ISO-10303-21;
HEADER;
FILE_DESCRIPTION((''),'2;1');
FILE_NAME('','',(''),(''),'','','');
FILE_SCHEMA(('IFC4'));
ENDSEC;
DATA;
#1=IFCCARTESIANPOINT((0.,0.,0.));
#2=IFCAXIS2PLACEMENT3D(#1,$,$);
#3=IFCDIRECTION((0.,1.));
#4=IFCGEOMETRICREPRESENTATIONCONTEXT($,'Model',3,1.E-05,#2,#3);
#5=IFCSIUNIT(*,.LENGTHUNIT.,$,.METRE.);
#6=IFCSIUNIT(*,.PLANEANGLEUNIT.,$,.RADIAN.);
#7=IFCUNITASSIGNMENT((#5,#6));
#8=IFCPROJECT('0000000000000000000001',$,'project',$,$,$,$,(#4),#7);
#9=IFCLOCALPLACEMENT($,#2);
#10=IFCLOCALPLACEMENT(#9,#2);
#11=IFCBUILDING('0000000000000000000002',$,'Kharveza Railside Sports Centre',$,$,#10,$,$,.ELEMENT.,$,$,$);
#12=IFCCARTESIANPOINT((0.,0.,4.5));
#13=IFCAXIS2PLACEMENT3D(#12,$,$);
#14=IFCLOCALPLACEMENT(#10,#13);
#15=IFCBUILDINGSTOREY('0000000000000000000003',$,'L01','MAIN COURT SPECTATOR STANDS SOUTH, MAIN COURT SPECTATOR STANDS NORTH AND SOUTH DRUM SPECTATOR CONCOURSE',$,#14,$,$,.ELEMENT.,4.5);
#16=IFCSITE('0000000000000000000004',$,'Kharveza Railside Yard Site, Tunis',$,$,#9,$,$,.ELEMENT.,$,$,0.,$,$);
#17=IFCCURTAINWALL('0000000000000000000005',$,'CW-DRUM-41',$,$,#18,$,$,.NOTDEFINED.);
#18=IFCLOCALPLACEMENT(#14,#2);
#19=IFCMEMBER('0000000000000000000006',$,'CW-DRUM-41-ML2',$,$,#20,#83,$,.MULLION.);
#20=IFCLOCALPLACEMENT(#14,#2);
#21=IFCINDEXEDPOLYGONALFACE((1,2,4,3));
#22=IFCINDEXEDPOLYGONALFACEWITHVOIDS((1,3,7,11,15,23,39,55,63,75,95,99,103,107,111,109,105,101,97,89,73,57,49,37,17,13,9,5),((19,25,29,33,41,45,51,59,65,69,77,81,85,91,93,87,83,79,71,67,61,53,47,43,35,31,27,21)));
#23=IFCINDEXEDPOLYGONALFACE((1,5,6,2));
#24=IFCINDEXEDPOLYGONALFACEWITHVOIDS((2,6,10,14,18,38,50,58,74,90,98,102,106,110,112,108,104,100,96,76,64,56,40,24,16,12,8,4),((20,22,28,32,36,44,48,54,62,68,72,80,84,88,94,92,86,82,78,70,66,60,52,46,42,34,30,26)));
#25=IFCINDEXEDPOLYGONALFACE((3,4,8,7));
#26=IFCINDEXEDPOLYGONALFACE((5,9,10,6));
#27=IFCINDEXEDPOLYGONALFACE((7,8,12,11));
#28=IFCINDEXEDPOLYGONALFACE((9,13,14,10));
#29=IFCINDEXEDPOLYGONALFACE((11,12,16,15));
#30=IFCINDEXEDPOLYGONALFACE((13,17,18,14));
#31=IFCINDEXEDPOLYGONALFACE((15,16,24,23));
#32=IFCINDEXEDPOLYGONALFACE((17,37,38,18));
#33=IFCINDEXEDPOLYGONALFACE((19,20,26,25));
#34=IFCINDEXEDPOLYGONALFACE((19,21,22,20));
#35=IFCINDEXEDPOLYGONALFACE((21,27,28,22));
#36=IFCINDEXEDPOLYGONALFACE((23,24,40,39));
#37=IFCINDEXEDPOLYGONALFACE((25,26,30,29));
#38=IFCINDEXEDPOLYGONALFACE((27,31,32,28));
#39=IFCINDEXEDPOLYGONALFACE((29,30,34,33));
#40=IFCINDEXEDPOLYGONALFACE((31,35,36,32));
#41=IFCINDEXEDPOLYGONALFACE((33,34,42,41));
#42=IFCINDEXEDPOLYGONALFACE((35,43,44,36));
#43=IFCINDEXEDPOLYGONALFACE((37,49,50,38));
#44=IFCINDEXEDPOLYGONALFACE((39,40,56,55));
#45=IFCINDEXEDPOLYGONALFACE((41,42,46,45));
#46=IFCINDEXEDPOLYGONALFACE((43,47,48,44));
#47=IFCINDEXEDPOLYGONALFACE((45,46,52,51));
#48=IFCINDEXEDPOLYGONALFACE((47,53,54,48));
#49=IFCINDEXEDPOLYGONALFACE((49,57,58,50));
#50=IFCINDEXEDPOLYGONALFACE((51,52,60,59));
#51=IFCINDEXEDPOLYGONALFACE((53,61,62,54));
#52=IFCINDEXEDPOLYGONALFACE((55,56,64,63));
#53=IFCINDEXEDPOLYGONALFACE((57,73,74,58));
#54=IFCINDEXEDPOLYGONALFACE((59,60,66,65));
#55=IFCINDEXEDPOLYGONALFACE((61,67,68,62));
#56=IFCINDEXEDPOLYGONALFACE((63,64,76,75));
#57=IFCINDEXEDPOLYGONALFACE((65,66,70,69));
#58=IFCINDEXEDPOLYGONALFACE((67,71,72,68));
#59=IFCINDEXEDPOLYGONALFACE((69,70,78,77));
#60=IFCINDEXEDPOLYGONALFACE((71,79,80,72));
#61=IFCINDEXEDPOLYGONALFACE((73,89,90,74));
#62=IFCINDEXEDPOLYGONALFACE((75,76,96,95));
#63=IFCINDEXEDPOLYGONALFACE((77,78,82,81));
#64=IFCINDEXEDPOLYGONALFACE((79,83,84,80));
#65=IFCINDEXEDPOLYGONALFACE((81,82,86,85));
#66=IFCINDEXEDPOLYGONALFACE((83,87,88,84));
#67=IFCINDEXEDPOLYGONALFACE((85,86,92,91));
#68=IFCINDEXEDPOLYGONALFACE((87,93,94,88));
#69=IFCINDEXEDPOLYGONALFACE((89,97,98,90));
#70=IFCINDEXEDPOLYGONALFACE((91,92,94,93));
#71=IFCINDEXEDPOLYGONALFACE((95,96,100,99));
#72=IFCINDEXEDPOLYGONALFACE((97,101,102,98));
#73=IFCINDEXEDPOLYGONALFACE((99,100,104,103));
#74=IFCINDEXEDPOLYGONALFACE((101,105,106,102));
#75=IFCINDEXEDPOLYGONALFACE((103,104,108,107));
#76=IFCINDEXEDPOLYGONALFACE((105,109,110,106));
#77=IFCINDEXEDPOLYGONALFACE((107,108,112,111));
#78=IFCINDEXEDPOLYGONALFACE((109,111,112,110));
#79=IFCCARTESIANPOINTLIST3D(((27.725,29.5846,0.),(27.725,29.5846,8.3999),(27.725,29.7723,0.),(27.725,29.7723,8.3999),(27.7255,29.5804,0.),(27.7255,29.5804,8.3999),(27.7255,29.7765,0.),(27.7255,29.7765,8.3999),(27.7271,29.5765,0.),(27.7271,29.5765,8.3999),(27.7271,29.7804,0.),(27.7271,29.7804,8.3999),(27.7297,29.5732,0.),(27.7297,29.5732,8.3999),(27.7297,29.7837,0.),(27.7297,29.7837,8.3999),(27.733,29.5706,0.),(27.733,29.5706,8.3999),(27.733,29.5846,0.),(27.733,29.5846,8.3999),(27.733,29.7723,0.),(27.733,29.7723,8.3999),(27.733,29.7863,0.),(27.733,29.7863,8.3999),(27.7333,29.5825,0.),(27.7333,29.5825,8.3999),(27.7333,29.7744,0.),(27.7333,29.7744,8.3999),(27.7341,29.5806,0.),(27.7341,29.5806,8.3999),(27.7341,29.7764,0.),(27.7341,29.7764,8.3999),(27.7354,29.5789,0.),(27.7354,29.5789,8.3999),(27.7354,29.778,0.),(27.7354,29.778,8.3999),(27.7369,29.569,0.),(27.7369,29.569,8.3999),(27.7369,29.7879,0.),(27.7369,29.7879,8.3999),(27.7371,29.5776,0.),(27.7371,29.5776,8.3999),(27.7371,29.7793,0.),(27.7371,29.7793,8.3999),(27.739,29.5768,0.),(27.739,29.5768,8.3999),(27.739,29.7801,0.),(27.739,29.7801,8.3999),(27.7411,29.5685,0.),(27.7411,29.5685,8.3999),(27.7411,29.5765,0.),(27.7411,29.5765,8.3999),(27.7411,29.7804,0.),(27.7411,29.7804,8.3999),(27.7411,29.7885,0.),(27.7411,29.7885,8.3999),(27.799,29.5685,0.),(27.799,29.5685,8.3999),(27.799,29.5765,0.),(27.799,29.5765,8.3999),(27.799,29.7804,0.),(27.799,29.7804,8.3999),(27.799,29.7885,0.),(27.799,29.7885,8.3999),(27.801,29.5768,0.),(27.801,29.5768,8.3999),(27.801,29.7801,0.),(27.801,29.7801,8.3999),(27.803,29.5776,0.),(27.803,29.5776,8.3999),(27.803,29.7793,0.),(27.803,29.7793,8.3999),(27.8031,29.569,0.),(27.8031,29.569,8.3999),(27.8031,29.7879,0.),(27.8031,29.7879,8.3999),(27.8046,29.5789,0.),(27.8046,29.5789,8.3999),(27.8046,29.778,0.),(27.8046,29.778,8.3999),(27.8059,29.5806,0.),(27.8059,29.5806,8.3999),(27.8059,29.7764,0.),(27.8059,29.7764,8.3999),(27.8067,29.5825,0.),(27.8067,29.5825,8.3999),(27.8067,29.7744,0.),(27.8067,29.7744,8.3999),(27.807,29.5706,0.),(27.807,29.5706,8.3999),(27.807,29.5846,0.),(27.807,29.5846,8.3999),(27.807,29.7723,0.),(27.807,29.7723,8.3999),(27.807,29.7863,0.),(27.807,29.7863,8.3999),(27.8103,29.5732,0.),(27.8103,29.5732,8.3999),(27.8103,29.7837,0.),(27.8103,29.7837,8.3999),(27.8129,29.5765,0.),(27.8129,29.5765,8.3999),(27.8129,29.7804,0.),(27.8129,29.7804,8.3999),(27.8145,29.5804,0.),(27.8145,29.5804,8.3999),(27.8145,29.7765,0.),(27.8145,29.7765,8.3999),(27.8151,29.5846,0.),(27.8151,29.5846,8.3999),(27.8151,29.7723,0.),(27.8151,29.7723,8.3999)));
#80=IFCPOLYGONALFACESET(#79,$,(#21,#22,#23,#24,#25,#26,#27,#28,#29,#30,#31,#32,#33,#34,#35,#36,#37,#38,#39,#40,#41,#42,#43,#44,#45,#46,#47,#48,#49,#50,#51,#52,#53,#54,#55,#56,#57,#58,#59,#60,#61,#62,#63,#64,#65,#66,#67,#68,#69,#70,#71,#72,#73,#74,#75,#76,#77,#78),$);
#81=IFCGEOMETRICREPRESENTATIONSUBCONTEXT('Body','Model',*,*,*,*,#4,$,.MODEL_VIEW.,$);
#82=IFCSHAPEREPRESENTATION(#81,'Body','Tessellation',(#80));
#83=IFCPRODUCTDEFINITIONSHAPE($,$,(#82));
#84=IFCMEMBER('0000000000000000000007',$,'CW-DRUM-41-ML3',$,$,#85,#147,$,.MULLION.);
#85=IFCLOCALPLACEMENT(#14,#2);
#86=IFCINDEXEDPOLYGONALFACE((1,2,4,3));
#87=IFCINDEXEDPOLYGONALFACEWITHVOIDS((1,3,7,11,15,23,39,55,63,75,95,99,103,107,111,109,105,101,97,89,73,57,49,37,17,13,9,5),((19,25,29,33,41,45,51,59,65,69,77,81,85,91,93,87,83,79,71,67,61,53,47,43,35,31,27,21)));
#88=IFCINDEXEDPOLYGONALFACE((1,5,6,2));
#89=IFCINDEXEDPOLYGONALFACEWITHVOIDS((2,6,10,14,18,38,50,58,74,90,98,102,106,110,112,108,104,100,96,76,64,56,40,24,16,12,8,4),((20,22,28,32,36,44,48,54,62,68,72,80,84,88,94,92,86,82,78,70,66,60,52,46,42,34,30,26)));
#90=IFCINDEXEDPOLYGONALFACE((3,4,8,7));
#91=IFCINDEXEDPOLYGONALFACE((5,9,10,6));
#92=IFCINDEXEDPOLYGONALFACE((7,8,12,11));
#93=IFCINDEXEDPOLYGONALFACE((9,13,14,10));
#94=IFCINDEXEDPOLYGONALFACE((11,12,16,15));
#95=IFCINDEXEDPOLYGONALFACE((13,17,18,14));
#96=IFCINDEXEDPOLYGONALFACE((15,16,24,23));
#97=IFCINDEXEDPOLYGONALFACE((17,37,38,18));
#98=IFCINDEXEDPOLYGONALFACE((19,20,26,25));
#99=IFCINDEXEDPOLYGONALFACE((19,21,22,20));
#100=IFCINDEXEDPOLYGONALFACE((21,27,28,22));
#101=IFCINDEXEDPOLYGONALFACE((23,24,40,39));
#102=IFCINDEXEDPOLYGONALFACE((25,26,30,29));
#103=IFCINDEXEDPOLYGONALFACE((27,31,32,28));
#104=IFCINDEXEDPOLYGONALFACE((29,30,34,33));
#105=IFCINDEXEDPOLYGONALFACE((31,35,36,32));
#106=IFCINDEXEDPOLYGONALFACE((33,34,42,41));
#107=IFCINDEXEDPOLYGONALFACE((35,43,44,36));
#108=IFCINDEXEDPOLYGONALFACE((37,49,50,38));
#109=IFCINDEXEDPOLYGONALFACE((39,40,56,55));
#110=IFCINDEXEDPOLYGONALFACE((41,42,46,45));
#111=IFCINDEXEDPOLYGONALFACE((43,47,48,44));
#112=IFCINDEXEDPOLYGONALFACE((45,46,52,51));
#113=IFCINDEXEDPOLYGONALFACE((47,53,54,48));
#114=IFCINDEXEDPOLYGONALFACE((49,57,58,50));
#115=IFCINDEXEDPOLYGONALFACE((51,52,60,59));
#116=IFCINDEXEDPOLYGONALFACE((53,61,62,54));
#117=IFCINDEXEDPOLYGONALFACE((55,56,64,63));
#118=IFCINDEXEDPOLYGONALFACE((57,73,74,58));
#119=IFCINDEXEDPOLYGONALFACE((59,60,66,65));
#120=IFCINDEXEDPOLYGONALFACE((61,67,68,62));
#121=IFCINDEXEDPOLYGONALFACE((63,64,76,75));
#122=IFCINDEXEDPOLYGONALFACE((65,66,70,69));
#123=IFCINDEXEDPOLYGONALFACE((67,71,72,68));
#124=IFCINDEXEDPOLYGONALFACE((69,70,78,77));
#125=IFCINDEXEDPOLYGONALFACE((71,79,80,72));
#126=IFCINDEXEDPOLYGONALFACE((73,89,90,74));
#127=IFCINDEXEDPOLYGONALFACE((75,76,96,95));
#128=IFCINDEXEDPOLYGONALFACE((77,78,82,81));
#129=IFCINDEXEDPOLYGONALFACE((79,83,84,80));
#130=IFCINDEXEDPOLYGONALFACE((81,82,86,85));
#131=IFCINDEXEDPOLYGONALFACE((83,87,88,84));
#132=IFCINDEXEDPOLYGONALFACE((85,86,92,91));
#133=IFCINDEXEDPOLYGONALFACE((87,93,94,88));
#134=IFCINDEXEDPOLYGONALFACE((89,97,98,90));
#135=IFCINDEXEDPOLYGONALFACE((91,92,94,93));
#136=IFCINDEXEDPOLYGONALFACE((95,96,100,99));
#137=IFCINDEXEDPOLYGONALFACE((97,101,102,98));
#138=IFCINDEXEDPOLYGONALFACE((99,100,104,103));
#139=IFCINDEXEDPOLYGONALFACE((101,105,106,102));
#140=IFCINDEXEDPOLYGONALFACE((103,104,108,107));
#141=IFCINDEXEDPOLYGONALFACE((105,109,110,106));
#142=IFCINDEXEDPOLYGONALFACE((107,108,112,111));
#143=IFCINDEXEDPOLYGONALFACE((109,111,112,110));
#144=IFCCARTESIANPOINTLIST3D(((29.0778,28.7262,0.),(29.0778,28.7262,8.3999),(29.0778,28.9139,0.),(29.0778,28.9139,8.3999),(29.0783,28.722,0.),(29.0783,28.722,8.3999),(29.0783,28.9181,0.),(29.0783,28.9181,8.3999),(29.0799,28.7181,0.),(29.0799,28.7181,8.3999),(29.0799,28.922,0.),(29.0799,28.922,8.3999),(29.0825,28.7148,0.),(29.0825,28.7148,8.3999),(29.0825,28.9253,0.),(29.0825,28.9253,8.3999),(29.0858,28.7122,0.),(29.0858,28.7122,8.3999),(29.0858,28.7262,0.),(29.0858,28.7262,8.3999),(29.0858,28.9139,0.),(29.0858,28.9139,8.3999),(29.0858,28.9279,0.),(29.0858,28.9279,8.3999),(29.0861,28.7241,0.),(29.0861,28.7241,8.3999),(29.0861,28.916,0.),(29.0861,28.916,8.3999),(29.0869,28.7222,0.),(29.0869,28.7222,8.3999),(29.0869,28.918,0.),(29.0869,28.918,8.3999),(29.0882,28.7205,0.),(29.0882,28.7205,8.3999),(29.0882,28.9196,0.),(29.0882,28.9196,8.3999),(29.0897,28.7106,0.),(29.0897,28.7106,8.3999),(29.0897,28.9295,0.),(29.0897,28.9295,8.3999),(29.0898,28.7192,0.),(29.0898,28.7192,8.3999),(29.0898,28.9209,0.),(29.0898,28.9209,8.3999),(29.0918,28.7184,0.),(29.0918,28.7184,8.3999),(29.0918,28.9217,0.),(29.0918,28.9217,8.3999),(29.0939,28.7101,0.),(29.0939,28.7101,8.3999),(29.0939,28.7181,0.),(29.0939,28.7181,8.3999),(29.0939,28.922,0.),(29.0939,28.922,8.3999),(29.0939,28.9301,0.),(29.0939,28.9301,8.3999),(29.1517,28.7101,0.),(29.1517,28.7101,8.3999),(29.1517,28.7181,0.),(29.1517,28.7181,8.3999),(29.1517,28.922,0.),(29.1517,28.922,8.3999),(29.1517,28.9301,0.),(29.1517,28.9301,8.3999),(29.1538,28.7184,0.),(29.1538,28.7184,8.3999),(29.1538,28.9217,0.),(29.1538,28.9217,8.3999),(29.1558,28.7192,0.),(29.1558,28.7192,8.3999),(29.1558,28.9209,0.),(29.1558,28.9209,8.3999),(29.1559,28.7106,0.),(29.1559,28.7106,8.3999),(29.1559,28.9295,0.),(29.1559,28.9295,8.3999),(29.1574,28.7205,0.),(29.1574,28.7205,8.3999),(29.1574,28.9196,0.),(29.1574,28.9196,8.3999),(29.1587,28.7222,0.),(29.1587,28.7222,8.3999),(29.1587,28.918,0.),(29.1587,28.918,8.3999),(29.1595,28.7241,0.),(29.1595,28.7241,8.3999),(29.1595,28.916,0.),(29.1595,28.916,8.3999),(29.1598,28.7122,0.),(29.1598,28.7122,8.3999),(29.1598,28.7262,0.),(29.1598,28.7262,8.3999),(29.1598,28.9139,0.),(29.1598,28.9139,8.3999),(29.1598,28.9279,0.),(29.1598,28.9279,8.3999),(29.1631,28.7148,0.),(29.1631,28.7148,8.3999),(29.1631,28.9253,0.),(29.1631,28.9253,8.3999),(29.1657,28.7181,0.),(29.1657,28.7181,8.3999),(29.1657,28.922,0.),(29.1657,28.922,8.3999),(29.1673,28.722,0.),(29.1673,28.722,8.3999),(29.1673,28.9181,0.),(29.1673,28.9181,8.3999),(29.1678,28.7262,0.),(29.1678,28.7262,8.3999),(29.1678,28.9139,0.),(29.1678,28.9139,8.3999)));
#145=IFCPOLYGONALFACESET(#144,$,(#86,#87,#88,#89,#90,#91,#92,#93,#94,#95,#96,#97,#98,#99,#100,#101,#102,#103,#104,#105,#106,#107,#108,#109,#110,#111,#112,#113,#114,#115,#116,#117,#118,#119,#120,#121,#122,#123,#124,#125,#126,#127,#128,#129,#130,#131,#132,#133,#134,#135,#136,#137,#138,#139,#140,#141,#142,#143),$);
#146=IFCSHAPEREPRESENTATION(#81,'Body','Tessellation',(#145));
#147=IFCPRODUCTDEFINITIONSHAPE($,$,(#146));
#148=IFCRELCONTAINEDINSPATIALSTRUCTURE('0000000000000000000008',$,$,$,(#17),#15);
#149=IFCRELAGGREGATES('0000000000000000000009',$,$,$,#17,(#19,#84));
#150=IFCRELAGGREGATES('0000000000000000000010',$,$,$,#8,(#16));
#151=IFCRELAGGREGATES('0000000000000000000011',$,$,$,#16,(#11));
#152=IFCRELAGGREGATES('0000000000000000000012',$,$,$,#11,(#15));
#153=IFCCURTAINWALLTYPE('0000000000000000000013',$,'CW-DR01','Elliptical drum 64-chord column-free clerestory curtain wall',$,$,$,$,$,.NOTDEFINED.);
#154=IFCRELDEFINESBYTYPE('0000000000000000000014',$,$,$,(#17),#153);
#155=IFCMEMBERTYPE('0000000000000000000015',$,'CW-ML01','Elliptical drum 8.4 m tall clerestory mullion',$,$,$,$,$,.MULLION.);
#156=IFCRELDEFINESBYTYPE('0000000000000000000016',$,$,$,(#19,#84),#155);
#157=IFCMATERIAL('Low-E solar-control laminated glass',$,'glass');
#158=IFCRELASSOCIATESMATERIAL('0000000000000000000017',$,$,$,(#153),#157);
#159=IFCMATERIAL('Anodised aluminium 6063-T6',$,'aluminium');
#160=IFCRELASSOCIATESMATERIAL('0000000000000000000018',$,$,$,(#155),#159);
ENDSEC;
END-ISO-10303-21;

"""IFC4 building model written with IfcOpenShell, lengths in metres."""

from ifc_helpers import new_model, si_unit, direction, frame, origin, origin_2d, place, context, subcontext, project, spatial, hollow_rectangle, extrude, material, material_profile, profile_set, type_object, element, aggregate, save


model = new_model("IFC4")

# Units and contexts
model_context = context("Model", 3, precision=1e-05, world=origin(), true_north=direction((0.0, 1.0)))
body_context = subcontext(model_context, "Body", "Model", "MODEL_VIEW")
ifc_project = project(units=[si_unit("LENGTHUNIT", "METRE"), si_unit("PLANEANGLEUNIT", "RADIAN")], contexts=[model_context])

# Site, building, storey
site_placement = place(None, origin())
site = spatial("IfcSite", under=ifc_project, at=site_placement, Name="Kharveza Railside Yard Site, Tunis", CompositionType="ELEMENT", RefElevation=0.0)
building_placement = place(site_placement, origin())
building = spatial("IfcBuilding", under=site, at=building_placement, Name="Kharveza Railside Sports Centre", CompositionType="ELEMENT")
storey_placement = place(building_placement, frame((0.0, 0.0, 4.5)))
storey = spatial("IfcBuildingStorey", under=building, at=storey_placement, Name="L01", Description="MAIN COURT SPECTATOR STANDS SOUTH, MAIN COURT SPECTATOR STANDS NORTH AND SOUTH DRUM SPECTATOR CONCOURSE", CompositionType="ELEMENT", Elevation=4.5)

# Curtain wall, members
ifc_material_1 = material(Name="Low-E solar-control laminated glass", Category="glass")
curtain_wall_type = type_object("IfcCurtainWallType", Name="CW-DR01", Description="Elliptical drum 64-chord column-free clerestory curtain wall", PredefinedType="NOTDEFINED", material=ifc_material_1)
curtain_wall_1_placement = place(storey_placement, origin())
curtain_wall_1 = element("IfcCurtainWall", 1, at=curtain_wall_1_placement, inside=storey, type_object=curtain_wall_type, Name="CW-DRUM-41", PredefinedType="NOTDEFINED")
ifc_material_2 = material(Name="Anodised aluminium 6063-T6", Category="aluminium")
ifc_material_profile_1 = material_profile(ifc_material_2, hollow_rectangle(XDim=0.0901, YDim=0.22, WallThickness=0.0081, InnerFilletRadius=0.0081, OuterFilletRadius=0.0161, at=origin_2d()), Name="RHS 90x220x8.0")
ifc_profile_set_1 = profile_set([ifc_material_profile_1], Name="Anodised aluminium 6063-T6")
member_type_1 = type_object("IfcMemberType", Name="CW-ML01", Description="Elliptical drum 8.4 m tall clerestory mullion", PredefinedType="MULLION", material=ifc_profile_set_1)
member_1_placement = place(storey_placement, frame((27.77, 29.6785, 0.0), z_axis=(0.0, 0.0, 1.0), x_axis=(1.0, 0.0, 0.0)))
member_1 = element("IfcMember", 2, at=member_1_placement, type_object=member_type_1, Name="CW-DRUM-41-ML2", PredefinedType="MULLION", context=body_context, shape_type="SweptSolid", body=[
    extrude(hollow_rectangle(XDim=0.0901, YDim=0.22, WallThickness=0.0081, InnerFilletRadius=0.0081, OuterFilletRadius=0.0161, at=origin_2d()), origin(), (0.0, 0.0, 1.0), 8.3999),
])
member_2_placement = place(storey_placement, frame((29.1228, 28.8201, 0.0), z_axis=(0.0, 0.0, 1.0), x_axis=(1.0, 0.0, 0.0)))
member_2 = element("IfcMember", 3, at=member_2_placement, type_object=member_type_1, Name="CW-DRUM-41-ML3", PredefinedType="MULLION", context=body_context, shape_type="SweptSolid", body=[
    extrude(hollow_rectangle(XDim=0.0901, YDim=0.22, WallThickness=0.0081, InnerFilletRadius=0.0081, OuterFilletRadius=0.0161, at=origin_2d()), origin(), (0.0, 0.0, 1.0), 8.3999),
])

aggregate(curtain_wall_1, [member_1, member_2])

save(model, "model.ifc")
